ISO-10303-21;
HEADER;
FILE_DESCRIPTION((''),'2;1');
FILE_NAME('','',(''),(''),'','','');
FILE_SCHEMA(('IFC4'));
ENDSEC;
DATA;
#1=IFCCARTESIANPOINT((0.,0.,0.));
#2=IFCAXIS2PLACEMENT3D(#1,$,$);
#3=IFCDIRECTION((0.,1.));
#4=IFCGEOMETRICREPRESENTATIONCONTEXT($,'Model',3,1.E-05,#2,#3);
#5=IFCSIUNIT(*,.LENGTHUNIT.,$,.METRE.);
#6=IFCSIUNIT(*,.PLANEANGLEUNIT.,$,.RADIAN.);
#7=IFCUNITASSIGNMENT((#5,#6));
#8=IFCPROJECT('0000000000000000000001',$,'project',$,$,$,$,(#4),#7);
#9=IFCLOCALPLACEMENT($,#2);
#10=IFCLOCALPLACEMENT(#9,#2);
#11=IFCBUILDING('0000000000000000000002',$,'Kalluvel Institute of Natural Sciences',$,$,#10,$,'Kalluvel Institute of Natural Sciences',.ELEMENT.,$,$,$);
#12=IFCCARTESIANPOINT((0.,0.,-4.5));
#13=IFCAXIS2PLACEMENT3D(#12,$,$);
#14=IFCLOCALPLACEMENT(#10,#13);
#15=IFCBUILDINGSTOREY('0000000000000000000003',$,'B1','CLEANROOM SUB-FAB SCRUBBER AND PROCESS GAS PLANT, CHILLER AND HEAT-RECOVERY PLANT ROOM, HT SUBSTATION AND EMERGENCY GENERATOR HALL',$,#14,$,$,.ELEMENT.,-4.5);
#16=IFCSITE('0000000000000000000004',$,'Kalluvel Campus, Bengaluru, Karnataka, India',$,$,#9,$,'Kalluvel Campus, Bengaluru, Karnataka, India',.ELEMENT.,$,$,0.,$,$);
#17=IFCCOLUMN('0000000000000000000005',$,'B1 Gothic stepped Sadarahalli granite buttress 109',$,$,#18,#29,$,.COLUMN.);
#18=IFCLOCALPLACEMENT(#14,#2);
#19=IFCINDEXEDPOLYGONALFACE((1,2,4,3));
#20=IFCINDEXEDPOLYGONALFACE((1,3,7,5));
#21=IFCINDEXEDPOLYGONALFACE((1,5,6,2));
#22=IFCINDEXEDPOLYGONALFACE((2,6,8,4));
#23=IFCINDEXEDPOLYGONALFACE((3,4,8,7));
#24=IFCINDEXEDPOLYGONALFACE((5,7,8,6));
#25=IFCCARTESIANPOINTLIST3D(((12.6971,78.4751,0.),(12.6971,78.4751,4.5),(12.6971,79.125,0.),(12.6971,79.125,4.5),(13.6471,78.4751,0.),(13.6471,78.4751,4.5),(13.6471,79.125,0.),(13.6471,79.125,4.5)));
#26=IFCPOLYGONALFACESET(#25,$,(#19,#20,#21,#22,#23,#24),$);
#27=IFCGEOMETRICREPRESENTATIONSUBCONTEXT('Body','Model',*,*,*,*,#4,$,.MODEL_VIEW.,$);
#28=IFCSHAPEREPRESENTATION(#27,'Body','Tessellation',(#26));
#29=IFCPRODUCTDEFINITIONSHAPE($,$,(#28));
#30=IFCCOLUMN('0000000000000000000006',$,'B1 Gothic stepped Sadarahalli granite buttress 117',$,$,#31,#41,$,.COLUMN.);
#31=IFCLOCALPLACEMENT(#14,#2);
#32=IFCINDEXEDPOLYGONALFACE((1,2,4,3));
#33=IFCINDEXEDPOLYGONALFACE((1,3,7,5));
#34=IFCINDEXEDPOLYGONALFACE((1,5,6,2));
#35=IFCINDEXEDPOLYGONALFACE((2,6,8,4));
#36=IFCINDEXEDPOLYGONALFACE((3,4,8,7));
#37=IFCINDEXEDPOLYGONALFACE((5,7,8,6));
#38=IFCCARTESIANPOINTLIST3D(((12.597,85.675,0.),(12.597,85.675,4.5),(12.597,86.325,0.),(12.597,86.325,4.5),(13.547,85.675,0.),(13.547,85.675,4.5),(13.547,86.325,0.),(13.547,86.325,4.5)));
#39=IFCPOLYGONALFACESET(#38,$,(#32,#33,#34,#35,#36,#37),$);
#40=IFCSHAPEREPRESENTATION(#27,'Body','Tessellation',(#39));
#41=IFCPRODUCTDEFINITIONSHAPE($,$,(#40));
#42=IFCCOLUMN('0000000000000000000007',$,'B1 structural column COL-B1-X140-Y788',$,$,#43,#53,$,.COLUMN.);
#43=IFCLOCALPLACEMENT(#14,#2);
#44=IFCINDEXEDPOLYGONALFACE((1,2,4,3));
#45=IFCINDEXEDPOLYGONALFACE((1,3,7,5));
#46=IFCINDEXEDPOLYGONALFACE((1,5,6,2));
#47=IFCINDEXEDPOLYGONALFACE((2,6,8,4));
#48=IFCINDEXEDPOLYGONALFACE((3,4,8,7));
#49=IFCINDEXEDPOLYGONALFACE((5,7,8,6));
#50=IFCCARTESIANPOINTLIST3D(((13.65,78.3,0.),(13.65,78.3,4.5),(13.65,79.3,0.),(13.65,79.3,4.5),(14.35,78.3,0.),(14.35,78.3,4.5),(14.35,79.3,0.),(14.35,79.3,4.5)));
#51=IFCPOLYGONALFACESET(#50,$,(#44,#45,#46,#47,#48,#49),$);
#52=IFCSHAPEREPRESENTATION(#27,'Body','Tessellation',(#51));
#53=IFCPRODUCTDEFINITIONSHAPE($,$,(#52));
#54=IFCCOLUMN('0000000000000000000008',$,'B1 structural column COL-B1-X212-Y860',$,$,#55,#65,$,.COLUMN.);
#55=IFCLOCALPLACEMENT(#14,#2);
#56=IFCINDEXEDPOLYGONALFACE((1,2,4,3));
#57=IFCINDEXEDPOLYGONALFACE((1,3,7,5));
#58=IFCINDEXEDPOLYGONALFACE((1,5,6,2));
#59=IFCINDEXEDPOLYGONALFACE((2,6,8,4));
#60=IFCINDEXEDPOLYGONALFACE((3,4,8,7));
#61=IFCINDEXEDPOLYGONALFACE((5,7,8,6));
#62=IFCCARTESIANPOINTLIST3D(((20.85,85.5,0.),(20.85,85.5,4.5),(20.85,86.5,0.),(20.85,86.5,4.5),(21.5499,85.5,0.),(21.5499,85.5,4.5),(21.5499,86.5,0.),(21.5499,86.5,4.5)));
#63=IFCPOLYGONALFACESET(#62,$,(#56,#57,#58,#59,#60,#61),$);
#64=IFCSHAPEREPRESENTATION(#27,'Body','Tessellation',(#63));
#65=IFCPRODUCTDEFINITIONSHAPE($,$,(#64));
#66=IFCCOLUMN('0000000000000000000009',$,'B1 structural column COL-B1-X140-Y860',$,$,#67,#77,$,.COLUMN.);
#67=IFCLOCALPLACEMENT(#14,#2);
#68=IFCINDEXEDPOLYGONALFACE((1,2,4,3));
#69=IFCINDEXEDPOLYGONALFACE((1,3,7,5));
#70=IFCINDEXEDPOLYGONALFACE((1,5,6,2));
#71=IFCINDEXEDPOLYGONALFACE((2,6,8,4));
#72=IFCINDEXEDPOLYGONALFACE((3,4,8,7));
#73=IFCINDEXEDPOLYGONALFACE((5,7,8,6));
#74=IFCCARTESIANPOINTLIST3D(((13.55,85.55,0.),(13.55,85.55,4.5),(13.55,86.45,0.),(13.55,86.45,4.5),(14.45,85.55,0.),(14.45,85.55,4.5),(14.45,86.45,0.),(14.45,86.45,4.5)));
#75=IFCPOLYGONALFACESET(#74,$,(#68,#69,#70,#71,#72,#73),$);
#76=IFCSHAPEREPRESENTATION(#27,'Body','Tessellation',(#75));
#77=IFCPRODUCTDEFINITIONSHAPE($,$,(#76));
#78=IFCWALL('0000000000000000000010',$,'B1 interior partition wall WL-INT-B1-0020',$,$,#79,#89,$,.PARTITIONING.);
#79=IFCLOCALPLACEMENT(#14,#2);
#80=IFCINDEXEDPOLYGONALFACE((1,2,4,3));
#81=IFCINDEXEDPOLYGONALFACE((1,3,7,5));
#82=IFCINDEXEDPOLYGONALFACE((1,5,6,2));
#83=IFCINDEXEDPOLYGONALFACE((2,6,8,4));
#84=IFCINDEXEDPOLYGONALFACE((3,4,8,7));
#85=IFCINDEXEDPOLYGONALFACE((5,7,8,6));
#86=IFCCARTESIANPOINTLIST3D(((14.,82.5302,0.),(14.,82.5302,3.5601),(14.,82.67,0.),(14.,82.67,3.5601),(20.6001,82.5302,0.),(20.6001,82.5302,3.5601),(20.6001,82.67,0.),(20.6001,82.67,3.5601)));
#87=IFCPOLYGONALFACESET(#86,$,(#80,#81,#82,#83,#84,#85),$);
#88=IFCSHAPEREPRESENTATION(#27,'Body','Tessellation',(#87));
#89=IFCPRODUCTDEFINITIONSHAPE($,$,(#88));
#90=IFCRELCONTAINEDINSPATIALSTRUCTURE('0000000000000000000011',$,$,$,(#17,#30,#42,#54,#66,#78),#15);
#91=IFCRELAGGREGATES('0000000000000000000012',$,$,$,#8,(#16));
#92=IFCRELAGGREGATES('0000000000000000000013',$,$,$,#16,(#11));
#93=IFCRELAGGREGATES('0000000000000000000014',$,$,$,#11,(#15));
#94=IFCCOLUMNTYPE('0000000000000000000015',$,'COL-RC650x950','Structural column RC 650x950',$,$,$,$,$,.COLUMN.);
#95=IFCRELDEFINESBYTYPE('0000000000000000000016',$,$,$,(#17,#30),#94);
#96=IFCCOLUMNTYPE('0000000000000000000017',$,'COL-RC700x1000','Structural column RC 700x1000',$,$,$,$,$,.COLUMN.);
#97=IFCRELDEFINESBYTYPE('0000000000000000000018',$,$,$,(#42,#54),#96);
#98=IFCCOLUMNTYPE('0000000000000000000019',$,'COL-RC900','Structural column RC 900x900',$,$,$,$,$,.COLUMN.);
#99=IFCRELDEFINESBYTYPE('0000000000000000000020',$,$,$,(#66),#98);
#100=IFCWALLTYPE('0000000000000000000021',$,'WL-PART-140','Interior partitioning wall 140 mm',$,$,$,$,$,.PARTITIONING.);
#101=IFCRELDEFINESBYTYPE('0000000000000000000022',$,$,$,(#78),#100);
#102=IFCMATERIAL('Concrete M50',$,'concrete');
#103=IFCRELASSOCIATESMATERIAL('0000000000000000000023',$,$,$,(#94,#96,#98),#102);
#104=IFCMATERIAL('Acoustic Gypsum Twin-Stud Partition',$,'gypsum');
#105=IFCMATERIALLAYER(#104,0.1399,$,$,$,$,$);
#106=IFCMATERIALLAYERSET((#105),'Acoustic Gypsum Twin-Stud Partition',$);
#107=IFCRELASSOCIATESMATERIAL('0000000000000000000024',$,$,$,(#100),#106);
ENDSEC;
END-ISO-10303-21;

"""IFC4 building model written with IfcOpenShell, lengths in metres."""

from ifc_helpers import new_model, si_unit, direction, frame, frame_2d, origin, origin_2d, place, context, subcontext, project, spatial, rectangle, extrude, material, layer, layer_set, material_profile, profile_set, type_object, element, save


model = new_model("IFC4")

# Units and contexts
model_context = context("Model", 3, precision=1e-05, world=origin(), true_north=direction((0.0, 1.0)))
body_context = subcontext(model_context, "Body", "Model", "MODEL_VIEW")
ifc_project = project(units=[si_unit("LENGTHUNIT", "METRE"), si_unit("PLANEANGLEUNIT", "RADIAN")], contexts=[model_context])

# Site, building, storey
site_placement = place(None, origin())
site = spatial("IfcSite", under=ifc_project, at=site_placement, Name="Kalluvel Campus, Bengaluru, Karnataka, India", LongName="Kalluvel Campus, Bengaluru, Karnataka, India", CompositionType="ELEMENT", RefElevation=0.0)
building_placement = place(site_placement, origin())
building = spatial("IfcBuilding", under=site, at=building_placement, Name="Kalluvel Institute of Natural Sciences", LongName="Kalluvel Institute of Natural Sciences", CompositionType="ELEMENT")
storey_placement = place(building_placement, frame((0.0, 0.0, -4.5)))
storey = spatial("IfcBuildingStorey", under=building, at=storey_placement, Name="B1", Description="CLEANROOM SUB-FAB SCRUBBER AND PROCESS GAS PLANT, CHILLER AND HEAT-RECOVERY PLANT ROOM, HT SUBSTATION AND EMERGENCY GENERATOR HALL", CompositionType="ELEMENT", Elevation=-4.5)

# Columns
ifc_material_1 = material(Name="Concrete M50", Category="concrete")
ifc_material_profile_1 = material_profile(ifc_material_1, rectangle(XDim=0.6499, YDim=0.95, at=origin_2d()), Name="RC 650x950")
ifc_profile_set_1 = profile_set([ifc_material_profile_1], Name="Concrete M50")
column_type_1 = type_object("IfcColumnType", Name="COL-RC650x950", Description="Structural column RC 650x950", PredefinedType="COLUMN", material=ifc_profile_set_1)
for number, where, z_axis, x_axis, name in (
    (1, (13.1721, 78.8, 0.0), (0.0, 0.0, 1.0), (0.0, 1.0, 0.0), "B1 Gothic stepped Sadarahalli granite buttress 109"),
    (2, (13.072, 86.0, 0.0), (0.0, 0.0, 1.0), (0.0, 1.0, 0.0), "B1 Gothic stepped Sadarahalli granite buttress 117"),
):
    element("IfcColumn", number, at=place(storey_placement, frame(where, z_axis=z_axis, x_axis=x_axis)), inside=storey, type_object=column_type_1, Name=name, PredefinedType="COLUMN", context=body_context, shape_type="SweptSolid", body=[
        extrude(rectangle(XDim=0.6499, YDim=0.95, at=origin_2d()), origin(), (0.0, 0.0, 1.0), 4.5),
    ])
ifc_material_profile_2 = material_profile(ifc_material_1, rectangle(XDim=0.7, YDim=1.0, at=origin_2d()), Name="RC 700x1000")
ifc_profile_set_2 = profile_set([ifc_material_profile_2], Name="Concrete M50")
column_type_2 = type_object("IfcColumnType", Name="COL-RC700x1000", Description="Structural column RC 700x1000", PredefinedType="COLUMN", material=ifc_profile_set_2)
for number, where, z_axis, x_axis, name in (
    (3, (14.0, 78.8, 0.0), (0.0, 0.0, 1.0), (1.0, 0.0, 0.0), "B1 structural column COL-B1-X140-Y788"),
    (4, (21.2, 86.0, 0.0), (0.0, 0.0, 1.0), (1.0, 0.0, 0.0), "B1 structural column COL-B1-X212-Y860"),
):
    element("IfcColumn", number, at=place(storey_placement, frame(where, z_axis=z_axis, x_axis=x_axis)), inside=storey, type_object=column_type_2, Name=name, PredefinedType="COLUMN", context=body_context, shape_type="SweptSolid", body=[
        extrude(rectangle(XDim=0.7, YDim=1.0, at=origin_2d()), origin(), (0.0, 0.0, 1.0), 4.5),
    ])
ifc_material_profile_3 = material_profile(ifc_material_1, rectangle(XDim=0.8999, YDim=0.8999, at=origin_2d()), Name="RC 900x900")
ifc_profile_set_3 = profile_set([ifc_material_profile_3], Name="Concrete M50")
column_type_3 = type_object("IfcColumnType", Name="COL-RC900", Description="Structural column RC 900x900", PredefinedType="COLUMN", material=ifc_profile_set_3)
column_placement = place(storey_placement, frame((14.0, 86.0, 0.0), z_axis=(0.0, 0.0, 1.0), x_axis=(1.0, 0.0, 0.0)))
element("IfcColumn", 5, at=column_placement, inside=storey, type_object=column_type_3, Name="B1 structural column COL-B1-X140-Y860", PredefinedType="COLUMN", context=body_context, shape_type="SweptSolid", body=[
    extrude(rectangle(XDim=0.8999, YDim=0.8999, at=origin_2d()), origin(), (0.0, 0.0, 1.0), 4.5),
])

# Wall
ifc_material_2 = material(Name="Acoustic Gypsum Twin-Stud Partition", Category="gypsum")
ifc_layer = layer(ifc_material_2, 0.1399)
ifc_layer_set = layer_set([ifc_layer], Name="Acoustic Gypsum Twin-Stud Partition")
wall_type = type_object("IfcWallType", Name="WL-PART-140", Description="Interior partitioning wall 140 mm", PredefinedType="PARTITIONING", material=ifc_layer_set)
wall_placement = place(storey_placement, frame((14.0, 82.6001, 0.0), z_axis=(0.0, 0.0, 1.0), x_axis=(1.0, 0.0, 0.0)))
element("IfcWall", 6, at=wall_placement, inside=storey, type_object=wall_type, Name="B1 interior partition wall WL-INT-B1-0020", PredefinedType="PARTITIONING", context=body_context, shape_type="SweptSolid", body=[
    extrude(rectangle(XDim=6.6001, YDim=0.1399, at=frame_2d((3.3, 0.0))), origin(), (0.0, 0.0, 1.0), 3.5601),
])

save(model, "model.ifc")
